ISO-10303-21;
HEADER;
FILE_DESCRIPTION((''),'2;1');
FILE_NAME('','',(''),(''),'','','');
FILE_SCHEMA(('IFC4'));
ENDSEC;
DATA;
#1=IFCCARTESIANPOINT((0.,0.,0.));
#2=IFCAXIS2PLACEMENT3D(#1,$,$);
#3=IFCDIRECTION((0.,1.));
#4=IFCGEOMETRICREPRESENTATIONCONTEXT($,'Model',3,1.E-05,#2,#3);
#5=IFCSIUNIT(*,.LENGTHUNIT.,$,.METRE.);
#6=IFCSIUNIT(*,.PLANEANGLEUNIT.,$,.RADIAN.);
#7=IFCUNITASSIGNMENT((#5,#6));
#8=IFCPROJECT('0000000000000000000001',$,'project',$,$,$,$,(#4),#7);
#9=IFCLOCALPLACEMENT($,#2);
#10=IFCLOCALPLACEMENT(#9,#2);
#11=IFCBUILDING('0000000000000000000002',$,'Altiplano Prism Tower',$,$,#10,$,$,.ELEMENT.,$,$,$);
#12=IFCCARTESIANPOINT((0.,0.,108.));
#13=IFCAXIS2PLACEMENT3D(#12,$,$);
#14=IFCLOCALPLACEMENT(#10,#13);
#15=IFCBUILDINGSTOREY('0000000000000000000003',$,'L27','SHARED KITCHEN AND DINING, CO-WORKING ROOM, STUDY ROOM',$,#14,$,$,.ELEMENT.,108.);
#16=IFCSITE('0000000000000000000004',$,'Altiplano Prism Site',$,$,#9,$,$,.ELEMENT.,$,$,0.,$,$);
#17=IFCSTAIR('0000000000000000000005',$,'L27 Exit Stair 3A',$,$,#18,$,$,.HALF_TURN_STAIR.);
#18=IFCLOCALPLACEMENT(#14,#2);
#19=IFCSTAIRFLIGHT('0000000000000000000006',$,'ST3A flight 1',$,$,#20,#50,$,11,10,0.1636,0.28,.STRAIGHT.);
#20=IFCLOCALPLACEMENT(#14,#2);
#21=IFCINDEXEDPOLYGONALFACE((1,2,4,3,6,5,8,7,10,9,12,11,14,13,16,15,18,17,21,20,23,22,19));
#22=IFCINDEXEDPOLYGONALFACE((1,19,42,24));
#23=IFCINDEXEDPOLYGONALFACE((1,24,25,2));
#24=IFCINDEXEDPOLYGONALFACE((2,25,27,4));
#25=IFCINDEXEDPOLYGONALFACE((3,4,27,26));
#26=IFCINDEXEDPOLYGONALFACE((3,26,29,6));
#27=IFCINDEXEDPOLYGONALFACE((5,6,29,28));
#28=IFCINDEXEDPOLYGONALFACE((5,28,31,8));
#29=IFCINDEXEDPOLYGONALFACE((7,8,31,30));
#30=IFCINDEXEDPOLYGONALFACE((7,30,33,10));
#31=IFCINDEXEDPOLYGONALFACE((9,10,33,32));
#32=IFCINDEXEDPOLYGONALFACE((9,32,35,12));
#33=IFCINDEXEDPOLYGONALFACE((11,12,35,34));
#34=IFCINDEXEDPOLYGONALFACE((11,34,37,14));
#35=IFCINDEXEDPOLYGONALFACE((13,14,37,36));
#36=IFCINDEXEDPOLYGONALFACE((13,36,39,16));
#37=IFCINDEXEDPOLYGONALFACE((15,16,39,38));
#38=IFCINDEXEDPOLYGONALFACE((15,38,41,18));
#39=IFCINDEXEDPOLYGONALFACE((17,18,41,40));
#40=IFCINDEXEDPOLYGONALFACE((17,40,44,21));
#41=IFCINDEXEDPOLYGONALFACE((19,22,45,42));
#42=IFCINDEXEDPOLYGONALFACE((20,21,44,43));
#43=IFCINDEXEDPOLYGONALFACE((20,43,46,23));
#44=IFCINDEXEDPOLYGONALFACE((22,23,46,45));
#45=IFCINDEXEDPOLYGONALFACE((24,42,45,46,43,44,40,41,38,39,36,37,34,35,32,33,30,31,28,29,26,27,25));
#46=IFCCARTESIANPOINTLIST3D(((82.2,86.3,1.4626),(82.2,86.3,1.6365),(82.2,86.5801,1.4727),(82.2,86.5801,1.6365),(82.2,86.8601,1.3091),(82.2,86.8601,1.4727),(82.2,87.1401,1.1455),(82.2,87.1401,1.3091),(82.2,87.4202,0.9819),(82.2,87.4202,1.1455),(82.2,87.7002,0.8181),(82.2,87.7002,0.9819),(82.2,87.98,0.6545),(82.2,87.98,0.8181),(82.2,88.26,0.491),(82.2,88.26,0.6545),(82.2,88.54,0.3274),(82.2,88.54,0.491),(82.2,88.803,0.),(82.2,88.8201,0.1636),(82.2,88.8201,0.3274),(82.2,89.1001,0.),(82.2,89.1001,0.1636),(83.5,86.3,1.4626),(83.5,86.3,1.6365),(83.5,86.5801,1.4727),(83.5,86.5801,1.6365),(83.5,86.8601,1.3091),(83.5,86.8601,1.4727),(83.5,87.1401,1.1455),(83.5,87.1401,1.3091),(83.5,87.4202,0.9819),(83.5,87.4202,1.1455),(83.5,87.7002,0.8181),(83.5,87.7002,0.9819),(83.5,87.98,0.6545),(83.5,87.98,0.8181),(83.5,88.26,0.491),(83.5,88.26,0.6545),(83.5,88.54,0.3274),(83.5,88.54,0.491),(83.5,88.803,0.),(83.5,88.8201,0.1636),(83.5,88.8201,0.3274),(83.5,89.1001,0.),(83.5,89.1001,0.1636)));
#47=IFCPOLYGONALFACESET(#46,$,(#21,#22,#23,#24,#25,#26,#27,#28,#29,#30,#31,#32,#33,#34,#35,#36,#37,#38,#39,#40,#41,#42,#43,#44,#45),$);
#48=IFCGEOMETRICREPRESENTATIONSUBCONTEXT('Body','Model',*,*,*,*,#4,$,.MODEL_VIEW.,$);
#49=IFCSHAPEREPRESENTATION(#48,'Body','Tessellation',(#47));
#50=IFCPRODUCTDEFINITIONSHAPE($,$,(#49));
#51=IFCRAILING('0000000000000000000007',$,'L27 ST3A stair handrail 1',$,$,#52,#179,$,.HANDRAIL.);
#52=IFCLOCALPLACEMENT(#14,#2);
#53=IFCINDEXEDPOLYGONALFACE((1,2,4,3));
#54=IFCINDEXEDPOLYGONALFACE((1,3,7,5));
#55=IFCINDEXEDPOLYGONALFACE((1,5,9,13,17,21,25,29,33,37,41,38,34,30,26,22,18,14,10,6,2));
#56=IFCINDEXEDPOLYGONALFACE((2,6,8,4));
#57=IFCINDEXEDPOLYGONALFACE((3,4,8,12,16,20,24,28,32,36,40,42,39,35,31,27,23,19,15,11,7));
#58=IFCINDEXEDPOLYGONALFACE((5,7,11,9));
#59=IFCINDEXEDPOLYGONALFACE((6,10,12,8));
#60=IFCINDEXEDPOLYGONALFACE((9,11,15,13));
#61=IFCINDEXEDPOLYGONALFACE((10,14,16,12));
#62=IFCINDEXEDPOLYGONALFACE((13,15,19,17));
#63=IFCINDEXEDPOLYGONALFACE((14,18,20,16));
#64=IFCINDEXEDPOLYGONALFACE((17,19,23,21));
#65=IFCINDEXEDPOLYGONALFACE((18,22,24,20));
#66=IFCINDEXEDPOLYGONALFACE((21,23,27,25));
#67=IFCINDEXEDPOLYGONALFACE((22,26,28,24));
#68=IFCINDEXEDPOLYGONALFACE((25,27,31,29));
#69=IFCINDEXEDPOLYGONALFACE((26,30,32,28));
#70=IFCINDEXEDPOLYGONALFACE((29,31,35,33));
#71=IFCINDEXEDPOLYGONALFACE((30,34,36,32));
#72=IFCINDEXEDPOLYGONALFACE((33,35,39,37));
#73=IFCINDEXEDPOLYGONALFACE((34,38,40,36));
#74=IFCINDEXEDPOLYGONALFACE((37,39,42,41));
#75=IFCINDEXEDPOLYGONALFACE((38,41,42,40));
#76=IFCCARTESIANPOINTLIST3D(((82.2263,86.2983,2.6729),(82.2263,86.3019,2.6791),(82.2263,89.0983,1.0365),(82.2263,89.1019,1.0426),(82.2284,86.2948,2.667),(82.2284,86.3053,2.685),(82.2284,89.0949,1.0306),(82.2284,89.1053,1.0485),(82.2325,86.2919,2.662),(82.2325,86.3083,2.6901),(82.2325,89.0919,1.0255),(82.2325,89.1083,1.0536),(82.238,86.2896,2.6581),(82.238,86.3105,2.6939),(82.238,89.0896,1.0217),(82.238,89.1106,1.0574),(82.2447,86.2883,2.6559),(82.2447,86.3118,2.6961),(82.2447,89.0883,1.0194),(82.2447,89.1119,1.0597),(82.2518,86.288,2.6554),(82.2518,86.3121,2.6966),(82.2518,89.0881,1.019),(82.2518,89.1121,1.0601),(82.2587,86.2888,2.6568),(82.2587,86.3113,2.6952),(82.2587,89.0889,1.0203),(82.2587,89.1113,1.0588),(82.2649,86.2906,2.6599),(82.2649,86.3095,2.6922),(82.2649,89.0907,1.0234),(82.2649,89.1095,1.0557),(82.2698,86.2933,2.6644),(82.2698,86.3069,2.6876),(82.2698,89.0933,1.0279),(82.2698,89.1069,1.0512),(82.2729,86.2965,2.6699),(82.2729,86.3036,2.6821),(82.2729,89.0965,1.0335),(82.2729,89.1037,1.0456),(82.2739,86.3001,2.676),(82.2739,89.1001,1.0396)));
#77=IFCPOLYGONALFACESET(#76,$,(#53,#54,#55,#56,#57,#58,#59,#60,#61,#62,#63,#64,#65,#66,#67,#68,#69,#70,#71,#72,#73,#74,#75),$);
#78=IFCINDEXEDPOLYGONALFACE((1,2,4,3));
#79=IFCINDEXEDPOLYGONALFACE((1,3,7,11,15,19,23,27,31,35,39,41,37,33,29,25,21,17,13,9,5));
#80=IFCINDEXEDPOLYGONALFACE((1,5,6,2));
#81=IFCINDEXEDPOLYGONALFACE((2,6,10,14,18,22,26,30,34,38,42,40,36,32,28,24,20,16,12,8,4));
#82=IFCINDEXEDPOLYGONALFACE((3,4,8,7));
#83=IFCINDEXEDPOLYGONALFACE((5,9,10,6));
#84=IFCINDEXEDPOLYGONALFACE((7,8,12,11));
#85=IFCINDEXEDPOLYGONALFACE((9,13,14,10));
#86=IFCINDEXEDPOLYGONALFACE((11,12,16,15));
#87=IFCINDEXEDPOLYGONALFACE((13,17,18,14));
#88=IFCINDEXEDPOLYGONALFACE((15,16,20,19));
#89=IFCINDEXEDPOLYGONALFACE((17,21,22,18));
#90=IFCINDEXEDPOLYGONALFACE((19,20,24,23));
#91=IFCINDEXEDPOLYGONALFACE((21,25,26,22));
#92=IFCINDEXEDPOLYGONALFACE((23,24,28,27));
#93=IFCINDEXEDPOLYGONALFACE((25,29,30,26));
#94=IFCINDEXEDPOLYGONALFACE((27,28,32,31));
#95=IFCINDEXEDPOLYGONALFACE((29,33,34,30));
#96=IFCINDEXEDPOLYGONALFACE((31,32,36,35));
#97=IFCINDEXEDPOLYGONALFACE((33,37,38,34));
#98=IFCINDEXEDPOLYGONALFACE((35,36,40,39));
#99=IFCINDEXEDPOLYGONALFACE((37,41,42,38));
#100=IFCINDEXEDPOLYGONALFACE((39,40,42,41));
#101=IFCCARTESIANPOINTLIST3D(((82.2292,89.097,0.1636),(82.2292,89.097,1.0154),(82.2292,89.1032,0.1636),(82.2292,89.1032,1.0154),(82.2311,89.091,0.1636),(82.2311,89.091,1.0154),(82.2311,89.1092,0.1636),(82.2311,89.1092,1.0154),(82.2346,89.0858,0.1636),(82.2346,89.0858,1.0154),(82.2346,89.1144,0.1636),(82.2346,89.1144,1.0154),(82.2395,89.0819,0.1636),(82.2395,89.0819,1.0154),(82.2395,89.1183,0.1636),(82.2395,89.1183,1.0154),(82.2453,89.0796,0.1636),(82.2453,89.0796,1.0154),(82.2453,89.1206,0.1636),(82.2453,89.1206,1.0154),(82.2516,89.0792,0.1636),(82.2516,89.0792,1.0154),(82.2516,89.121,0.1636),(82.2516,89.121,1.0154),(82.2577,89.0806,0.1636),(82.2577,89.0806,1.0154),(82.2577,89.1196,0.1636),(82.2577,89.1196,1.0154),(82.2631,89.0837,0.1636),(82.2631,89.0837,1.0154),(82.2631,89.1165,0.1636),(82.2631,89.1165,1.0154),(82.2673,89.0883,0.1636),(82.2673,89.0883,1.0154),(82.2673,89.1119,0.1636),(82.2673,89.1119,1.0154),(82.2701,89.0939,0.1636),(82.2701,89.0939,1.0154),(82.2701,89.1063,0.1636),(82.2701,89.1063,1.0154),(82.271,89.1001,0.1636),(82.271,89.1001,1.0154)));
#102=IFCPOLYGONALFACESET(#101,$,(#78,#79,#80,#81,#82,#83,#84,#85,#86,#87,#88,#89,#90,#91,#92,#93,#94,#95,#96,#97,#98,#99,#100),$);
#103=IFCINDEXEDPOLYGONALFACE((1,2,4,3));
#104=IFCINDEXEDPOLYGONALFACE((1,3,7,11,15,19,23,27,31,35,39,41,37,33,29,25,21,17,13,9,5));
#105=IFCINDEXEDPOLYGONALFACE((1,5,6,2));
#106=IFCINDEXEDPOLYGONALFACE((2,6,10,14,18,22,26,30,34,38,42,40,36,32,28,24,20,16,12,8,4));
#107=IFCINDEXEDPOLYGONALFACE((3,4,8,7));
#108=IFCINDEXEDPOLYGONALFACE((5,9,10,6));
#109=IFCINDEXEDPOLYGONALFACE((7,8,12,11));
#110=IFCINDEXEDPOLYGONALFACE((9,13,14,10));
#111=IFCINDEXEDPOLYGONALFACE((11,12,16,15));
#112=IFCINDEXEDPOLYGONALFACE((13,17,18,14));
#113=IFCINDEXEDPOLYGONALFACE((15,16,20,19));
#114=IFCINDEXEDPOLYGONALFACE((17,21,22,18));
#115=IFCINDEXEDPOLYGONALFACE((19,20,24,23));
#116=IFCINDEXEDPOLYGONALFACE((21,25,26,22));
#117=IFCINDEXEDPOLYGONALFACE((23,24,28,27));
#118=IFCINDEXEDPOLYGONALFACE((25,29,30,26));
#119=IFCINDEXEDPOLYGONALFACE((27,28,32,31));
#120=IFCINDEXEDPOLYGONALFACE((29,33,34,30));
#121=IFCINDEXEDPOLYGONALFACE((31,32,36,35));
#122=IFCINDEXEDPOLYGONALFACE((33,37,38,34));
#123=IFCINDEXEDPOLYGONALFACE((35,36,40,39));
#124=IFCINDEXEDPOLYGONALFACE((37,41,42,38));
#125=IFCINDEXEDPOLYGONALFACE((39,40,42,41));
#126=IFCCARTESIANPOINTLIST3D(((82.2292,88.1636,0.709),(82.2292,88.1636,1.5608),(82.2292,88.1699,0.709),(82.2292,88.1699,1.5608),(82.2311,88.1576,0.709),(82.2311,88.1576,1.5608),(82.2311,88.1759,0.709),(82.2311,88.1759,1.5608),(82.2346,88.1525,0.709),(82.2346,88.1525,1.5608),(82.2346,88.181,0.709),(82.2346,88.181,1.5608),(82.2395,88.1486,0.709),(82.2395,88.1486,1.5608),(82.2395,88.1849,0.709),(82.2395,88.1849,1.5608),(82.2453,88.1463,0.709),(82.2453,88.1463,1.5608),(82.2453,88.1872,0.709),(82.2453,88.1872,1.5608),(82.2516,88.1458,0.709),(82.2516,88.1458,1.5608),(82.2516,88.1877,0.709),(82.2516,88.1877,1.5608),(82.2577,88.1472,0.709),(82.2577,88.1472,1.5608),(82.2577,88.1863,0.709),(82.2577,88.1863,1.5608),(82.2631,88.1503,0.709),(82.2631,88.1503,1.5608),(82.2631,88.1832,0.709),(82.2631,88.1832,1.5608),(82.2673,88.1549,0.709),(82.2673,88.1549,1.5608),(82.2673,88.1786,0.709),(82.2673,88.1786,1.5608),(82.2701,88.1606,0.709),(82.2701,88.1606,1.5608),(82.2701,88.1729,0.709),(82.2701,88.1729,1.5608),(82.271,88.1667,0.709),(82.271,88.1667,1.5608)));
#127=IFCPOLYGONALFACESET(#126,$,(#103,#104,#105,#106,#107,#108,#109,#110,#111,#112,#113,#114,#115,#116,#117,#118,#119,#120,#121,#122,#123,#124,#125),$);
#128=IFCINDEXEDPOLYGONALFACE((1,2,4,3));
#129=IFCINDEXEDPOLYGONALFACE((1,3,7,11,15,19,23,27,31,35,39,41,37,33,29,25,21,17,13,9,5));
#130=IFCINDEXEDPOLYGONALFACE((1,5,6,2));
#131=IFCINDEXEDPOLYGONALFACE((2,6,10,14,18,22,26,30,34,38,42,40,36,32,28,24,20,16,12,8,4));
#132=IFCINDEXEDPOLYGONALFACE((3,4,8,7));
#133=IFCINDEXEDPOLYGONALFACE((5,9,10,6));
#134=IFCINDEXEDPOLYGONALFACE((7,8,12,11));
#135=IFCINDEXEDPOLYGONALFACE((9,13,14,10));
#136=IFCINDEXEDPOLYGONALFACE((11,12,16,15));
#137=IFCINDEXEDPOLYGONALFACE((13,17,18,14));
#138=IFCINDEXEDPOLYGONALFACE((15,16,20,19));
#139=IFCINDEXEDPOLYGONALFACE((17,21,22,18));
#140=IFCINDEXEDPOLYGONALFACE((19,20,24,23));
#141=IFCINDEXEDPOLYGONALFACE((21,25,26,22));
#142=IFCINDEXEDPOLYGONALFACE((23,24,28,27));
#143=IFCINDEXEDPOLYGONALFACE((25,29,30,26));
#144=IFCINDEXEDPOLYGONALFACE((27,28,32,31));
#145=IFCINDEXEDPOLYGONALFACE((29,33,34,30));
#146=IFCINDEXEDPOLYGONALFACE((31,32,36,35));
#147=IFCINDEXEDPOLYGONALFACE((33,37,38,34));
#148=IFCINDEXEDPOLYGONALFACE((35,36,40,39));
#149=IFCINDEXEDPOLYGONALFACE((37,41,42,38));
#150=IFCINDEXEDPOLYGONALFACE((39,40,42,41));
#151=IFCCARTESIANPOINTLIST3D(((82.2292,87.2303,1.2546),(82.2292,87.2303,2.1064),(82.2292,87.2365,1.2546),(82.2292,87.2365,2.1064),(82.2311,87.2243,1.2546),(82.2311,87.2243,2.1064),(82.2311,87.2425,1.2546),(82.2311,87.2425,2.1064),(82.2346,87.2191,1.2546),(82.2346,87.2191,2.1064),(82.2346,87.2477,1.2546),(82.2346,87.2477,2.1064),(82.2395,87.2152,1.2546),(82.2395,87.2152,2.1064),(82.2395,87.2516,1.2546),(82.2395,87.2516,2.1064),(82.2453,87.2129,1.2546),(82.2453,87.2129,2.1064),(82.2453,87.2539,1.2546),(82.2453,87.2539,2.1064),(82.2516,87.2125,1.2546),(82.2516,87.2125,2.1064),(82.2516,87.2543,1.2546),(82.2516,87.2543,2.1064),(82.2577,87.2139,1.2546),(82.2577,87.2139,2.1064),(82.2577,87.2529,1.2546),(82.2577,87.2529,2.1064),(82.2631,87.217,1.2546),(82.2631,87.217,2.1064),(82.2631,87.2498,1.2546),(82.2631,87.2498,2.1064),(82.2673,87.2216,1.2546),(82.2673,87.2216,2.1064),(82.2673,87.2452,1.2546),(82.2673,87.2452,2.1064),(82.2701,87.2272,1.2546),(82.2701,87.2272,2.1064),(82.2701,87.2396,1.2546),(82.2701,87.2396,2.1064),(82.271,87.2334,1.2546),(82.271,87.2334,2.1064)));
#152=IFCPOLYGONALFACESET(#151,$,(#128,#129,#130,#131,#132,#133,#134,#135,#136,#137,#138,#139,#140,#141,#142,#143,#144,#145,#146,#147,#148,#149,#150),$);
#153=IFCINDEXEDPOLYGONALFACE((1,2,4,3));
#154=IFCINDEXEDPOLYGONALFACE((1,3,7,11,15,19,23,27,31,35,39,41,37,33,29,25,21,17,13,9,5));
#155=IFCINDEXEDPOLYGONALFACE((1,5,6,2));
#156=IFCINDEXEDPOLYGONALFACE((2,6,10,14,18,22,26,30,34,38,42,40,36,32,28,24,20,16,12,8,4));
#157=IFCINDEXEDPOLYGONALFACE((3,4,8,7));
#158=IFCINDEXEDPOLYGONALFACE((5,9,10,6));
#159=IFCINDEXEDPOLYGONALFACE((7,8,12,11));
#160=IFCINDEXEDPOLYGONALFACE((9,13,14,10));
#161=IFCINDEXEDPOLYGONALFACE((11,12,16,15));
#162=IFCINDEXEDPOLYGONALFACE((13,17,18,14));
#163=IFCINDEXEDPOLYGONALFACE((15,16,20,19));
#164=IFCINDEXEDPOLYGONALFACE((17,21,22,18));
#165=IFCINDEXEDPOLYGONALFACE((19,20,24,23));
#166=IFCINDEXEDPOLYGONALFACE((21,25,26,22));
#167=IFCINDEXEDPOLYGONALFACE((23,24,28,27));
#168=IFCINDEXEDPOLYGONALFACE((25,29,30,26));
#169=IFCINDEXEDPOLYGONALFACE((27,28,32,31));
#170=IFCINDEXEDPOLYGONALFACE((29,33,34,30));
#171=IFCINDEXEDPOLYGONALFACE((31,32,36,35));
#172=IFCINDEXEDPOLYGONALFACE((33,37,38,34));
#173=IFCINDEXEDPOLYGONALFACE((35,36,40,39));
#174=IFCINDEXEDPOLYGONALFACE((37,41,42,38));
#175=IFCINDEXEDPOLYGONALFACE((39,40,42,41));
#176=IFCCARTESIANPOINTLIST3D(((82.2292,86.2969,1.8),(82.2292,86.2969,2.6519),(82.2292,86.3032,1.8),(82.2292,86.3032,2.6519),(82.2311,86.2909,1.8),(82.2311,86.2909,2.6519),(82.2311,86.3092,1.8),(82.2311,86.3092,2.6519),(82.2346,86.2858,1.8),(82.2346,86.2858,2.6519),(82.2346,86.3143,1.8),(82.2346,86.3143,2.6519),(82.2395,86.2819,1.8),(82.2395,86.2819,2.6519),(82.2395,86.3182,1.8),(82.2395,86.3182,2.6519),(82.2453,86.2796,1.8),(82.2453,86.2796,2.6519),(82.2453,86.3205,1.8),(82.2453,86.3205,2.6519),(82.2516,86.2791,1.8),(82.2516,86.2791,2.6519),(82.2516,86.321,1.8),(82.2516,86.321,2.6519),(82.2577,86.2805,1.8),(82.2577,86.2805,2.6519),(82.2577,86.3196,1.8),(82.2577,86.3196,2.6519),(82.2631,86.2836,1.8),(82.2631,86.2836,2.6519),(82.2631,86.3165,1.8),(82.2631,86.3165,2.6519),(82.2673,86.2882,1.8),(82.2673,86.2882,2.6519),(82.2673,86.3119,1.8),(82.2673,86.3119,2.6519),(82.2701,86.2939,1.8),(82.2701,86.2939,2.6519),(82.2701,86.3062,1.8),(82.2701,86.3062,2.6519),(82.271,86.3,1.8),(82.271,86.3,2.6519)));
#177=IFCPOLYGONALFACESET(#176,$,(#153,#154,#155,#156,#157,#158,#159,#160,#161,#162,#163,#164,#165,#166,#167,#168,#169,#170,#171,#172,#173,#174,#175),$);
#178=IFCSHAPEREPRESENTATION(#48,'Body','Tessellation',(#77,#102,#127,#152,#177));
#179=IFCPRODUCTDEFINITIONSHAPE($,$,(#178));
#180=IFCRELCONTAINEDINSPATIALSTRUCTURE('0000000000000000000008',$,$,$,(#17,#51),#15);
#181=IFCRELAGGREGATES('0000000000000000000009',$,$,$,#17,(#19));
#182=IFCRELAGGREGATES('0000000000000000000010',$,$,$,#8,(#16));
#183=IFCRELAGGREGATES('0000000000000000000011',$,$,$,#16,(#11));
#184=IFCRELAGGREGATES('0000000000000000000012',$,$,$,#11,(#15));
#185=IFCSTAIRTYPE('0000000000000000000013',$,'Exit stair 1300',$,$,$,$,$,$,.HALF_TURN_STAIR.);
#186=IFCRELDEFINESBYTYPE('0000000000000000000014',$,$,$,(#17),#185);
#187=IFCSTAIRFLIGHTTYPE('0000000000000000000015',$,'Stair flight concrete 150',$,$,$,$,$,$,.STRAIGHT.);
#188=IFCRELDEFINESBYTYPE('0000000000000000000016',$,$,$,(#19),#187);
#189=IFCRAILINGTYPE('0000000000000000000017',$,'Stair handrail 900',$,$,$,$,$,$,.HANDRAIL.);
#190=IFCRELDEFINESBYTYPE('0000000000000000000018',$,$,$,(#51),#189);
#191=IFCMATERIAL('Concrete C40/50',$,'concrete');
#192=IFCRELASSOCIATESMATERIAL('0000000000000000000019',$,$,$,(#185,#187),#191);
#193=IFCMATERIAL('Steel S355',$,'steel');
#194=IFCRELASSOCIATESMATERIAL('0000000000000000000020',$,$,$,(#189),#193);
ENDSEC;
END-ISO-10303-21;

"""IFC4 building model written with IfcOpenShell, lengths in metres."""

from ifc_helpers import new_model, si_unit, direction, frame, origin, origin_2d, place, context, subcontext, project, spatial, polyline, circle, outline, extrude, material, type_object, element, aggregate, save


model = new_model("IFC4")

# Units and contexts
model_context = context("Model", 3, precision=1e-05, world=origin(), true_north=direction((0.0, 1.0)))
body_context = subcontext(model_context, "Body", "Model", "MODEL_VIEW")
ifc_project = project(units=[si_unit("LENGTHUNIT", "METRE"), si_unit("PLANEANGLEUNIT", "RADIAN")], contexts=[model_context])

# Site, building, storey
site_placement = place(None, origin())
site = spatial("IfcSite", under=ifc_project, at=site_placement, Name="Altiplano Prism Site", CompositionType="ELEMENT", RefElevation=0.0)
building_placement = place(site_placement, origin())
building = spatial("IfcBuilding", under=site, at=building_placement, Name="Altiplano Prism Tower", CompositionType="ELEMENT")
storey_placement = place(building_placement, frame((0.0, 0.0, 108.0)))
storey = spatial("IfcBuildingStorey", under=building, at=storey_placement, Name="L27", Description="SHARED KITCHEN AND DINING, CO-WORKING ROOM, STUDY ROOM", CompositionType="ELEMENT", Elevation=108.0)

# Stair, stair flight
ifc_material_1 = material(Name="Concrete C40/50", Category="concrete")
stair_type = type_object("IfcStairType", Name="Exit stair 1300", PredefinedType="HALF_TURN_STAIR", material=ifc_material_1)
stair_placement = place(storey_placement, origin())
stair = element("IfcStair", 1, at=stair_placement, inside=storey, type_object=stair_type, Name="L27 Exit Stair 3A", PredefinedType="HALF_TURN_STAIR")
stair_flight_type = type_object("IfcStairFlightType", Name="Stair flight concrete 150", PredefinedType="STRAIGHT", material=ifc_material_1)
stair_flight_placement = place(storey_placement, frame((82.8501, 89.1001, 0.0), z_axis=(0.0, 0.0, 1.0), x_axis=(0.0, -1.0, 0.0)))
stair_flight = element("IfcStairFlight", 2, at=stair_flight_placement, type_object=stair_flight_type, Name="ST3A flight 1", NumberOfRisers=11, NumberOfTreads=10, PredefinedType="STRAIGHT", RiserHeight=0.1636, TreadLength=0.28, context=body_context, shape_type="SweptSolid", body=[
    extrude(outline(polyline([(0.0, 0.0), (0.0, 0.1636), (0.28, 0.1636), (0.28, 0.3274), (0.5601, 0.3274), (0.5601, 0.491), (0.8401, 0.491), (0.8401, 0.6545), (1.1201, 0.6545), (1.1201, 0.8181), (1.3999, 0.8181), (1.3999, 0.9819), (1.6799, 0.9819), (1.6799, 1.1455), (1.96, 1.1455), (1.96, 1.3091), (2.24, 1.3091), (2.24, 1.4727), (2.52, 1.4727), (2.52, 1.6365), (2.8, 1.6365), (2.8, 1.8), (2.8, 1.4626), (0.2971, 0.0), (0.0, 0.0)])), frame((0.0, 0.6499, 0.0), z_axis=(0.0, -1.0, 0.0), x_axis=(1.0, 0.0, 0.0)), (0.0, 0.0, 1.0), 1.3),
])
aggregate(stair, [stair_flight])

# Railing
ifc_material_2 = material(Name="Steel S355", Category="steel")
railing_type_1 = type_object("IfcRailingType", Name="Stair handrail 900", PredefinedType="HANDRAIL", material=ifc_material_2)
railing_1_placement = place(storey_placement, frame((82.25, 89.1001, 0.1636)))
element("IfcRailing", 3, at=railing_1_placement, inside=storey, type_object=railing_type_1, Name="L27 ST3A stair handrail 1", PredefinedType="HANDRAIL", context=body_context, shape_type="SweptSolid", body=[
    extrude(circle(Radius=0.0239, at=origin_2d()), frame((0.0, 0.0, 0.876), z_axis=(0.0, -0.863361, 0.504587), x_axis=(1.0, 0.0, 0.0)), (0.0, 0.0, 1.0), 3.2432),
    extrude(circle(Radius=0.021, at=origin_2d()), origin(), (0.0, 0.0, 1.0), 0.8518),
    extrude(circle(Radius=0.021, at=origin_2d()), frame((0.0, -0.9333, 0.5454)), (0.0, 0.0, 1.0), 0.8518),
    extrude(circle(Radius=0.021, at=origin_2d()), frame((0.0, -1.8667, 1.0911)), (0.0, 0.0, 1.0), 0.8518),
    extrude(circle(Radius=0.021, at=origin_2d()), frame((0.0, -2.8, 1.6365)), (0.0, 0.0, 1.0), 0.8518),
])

save(model, "model.ifc")
